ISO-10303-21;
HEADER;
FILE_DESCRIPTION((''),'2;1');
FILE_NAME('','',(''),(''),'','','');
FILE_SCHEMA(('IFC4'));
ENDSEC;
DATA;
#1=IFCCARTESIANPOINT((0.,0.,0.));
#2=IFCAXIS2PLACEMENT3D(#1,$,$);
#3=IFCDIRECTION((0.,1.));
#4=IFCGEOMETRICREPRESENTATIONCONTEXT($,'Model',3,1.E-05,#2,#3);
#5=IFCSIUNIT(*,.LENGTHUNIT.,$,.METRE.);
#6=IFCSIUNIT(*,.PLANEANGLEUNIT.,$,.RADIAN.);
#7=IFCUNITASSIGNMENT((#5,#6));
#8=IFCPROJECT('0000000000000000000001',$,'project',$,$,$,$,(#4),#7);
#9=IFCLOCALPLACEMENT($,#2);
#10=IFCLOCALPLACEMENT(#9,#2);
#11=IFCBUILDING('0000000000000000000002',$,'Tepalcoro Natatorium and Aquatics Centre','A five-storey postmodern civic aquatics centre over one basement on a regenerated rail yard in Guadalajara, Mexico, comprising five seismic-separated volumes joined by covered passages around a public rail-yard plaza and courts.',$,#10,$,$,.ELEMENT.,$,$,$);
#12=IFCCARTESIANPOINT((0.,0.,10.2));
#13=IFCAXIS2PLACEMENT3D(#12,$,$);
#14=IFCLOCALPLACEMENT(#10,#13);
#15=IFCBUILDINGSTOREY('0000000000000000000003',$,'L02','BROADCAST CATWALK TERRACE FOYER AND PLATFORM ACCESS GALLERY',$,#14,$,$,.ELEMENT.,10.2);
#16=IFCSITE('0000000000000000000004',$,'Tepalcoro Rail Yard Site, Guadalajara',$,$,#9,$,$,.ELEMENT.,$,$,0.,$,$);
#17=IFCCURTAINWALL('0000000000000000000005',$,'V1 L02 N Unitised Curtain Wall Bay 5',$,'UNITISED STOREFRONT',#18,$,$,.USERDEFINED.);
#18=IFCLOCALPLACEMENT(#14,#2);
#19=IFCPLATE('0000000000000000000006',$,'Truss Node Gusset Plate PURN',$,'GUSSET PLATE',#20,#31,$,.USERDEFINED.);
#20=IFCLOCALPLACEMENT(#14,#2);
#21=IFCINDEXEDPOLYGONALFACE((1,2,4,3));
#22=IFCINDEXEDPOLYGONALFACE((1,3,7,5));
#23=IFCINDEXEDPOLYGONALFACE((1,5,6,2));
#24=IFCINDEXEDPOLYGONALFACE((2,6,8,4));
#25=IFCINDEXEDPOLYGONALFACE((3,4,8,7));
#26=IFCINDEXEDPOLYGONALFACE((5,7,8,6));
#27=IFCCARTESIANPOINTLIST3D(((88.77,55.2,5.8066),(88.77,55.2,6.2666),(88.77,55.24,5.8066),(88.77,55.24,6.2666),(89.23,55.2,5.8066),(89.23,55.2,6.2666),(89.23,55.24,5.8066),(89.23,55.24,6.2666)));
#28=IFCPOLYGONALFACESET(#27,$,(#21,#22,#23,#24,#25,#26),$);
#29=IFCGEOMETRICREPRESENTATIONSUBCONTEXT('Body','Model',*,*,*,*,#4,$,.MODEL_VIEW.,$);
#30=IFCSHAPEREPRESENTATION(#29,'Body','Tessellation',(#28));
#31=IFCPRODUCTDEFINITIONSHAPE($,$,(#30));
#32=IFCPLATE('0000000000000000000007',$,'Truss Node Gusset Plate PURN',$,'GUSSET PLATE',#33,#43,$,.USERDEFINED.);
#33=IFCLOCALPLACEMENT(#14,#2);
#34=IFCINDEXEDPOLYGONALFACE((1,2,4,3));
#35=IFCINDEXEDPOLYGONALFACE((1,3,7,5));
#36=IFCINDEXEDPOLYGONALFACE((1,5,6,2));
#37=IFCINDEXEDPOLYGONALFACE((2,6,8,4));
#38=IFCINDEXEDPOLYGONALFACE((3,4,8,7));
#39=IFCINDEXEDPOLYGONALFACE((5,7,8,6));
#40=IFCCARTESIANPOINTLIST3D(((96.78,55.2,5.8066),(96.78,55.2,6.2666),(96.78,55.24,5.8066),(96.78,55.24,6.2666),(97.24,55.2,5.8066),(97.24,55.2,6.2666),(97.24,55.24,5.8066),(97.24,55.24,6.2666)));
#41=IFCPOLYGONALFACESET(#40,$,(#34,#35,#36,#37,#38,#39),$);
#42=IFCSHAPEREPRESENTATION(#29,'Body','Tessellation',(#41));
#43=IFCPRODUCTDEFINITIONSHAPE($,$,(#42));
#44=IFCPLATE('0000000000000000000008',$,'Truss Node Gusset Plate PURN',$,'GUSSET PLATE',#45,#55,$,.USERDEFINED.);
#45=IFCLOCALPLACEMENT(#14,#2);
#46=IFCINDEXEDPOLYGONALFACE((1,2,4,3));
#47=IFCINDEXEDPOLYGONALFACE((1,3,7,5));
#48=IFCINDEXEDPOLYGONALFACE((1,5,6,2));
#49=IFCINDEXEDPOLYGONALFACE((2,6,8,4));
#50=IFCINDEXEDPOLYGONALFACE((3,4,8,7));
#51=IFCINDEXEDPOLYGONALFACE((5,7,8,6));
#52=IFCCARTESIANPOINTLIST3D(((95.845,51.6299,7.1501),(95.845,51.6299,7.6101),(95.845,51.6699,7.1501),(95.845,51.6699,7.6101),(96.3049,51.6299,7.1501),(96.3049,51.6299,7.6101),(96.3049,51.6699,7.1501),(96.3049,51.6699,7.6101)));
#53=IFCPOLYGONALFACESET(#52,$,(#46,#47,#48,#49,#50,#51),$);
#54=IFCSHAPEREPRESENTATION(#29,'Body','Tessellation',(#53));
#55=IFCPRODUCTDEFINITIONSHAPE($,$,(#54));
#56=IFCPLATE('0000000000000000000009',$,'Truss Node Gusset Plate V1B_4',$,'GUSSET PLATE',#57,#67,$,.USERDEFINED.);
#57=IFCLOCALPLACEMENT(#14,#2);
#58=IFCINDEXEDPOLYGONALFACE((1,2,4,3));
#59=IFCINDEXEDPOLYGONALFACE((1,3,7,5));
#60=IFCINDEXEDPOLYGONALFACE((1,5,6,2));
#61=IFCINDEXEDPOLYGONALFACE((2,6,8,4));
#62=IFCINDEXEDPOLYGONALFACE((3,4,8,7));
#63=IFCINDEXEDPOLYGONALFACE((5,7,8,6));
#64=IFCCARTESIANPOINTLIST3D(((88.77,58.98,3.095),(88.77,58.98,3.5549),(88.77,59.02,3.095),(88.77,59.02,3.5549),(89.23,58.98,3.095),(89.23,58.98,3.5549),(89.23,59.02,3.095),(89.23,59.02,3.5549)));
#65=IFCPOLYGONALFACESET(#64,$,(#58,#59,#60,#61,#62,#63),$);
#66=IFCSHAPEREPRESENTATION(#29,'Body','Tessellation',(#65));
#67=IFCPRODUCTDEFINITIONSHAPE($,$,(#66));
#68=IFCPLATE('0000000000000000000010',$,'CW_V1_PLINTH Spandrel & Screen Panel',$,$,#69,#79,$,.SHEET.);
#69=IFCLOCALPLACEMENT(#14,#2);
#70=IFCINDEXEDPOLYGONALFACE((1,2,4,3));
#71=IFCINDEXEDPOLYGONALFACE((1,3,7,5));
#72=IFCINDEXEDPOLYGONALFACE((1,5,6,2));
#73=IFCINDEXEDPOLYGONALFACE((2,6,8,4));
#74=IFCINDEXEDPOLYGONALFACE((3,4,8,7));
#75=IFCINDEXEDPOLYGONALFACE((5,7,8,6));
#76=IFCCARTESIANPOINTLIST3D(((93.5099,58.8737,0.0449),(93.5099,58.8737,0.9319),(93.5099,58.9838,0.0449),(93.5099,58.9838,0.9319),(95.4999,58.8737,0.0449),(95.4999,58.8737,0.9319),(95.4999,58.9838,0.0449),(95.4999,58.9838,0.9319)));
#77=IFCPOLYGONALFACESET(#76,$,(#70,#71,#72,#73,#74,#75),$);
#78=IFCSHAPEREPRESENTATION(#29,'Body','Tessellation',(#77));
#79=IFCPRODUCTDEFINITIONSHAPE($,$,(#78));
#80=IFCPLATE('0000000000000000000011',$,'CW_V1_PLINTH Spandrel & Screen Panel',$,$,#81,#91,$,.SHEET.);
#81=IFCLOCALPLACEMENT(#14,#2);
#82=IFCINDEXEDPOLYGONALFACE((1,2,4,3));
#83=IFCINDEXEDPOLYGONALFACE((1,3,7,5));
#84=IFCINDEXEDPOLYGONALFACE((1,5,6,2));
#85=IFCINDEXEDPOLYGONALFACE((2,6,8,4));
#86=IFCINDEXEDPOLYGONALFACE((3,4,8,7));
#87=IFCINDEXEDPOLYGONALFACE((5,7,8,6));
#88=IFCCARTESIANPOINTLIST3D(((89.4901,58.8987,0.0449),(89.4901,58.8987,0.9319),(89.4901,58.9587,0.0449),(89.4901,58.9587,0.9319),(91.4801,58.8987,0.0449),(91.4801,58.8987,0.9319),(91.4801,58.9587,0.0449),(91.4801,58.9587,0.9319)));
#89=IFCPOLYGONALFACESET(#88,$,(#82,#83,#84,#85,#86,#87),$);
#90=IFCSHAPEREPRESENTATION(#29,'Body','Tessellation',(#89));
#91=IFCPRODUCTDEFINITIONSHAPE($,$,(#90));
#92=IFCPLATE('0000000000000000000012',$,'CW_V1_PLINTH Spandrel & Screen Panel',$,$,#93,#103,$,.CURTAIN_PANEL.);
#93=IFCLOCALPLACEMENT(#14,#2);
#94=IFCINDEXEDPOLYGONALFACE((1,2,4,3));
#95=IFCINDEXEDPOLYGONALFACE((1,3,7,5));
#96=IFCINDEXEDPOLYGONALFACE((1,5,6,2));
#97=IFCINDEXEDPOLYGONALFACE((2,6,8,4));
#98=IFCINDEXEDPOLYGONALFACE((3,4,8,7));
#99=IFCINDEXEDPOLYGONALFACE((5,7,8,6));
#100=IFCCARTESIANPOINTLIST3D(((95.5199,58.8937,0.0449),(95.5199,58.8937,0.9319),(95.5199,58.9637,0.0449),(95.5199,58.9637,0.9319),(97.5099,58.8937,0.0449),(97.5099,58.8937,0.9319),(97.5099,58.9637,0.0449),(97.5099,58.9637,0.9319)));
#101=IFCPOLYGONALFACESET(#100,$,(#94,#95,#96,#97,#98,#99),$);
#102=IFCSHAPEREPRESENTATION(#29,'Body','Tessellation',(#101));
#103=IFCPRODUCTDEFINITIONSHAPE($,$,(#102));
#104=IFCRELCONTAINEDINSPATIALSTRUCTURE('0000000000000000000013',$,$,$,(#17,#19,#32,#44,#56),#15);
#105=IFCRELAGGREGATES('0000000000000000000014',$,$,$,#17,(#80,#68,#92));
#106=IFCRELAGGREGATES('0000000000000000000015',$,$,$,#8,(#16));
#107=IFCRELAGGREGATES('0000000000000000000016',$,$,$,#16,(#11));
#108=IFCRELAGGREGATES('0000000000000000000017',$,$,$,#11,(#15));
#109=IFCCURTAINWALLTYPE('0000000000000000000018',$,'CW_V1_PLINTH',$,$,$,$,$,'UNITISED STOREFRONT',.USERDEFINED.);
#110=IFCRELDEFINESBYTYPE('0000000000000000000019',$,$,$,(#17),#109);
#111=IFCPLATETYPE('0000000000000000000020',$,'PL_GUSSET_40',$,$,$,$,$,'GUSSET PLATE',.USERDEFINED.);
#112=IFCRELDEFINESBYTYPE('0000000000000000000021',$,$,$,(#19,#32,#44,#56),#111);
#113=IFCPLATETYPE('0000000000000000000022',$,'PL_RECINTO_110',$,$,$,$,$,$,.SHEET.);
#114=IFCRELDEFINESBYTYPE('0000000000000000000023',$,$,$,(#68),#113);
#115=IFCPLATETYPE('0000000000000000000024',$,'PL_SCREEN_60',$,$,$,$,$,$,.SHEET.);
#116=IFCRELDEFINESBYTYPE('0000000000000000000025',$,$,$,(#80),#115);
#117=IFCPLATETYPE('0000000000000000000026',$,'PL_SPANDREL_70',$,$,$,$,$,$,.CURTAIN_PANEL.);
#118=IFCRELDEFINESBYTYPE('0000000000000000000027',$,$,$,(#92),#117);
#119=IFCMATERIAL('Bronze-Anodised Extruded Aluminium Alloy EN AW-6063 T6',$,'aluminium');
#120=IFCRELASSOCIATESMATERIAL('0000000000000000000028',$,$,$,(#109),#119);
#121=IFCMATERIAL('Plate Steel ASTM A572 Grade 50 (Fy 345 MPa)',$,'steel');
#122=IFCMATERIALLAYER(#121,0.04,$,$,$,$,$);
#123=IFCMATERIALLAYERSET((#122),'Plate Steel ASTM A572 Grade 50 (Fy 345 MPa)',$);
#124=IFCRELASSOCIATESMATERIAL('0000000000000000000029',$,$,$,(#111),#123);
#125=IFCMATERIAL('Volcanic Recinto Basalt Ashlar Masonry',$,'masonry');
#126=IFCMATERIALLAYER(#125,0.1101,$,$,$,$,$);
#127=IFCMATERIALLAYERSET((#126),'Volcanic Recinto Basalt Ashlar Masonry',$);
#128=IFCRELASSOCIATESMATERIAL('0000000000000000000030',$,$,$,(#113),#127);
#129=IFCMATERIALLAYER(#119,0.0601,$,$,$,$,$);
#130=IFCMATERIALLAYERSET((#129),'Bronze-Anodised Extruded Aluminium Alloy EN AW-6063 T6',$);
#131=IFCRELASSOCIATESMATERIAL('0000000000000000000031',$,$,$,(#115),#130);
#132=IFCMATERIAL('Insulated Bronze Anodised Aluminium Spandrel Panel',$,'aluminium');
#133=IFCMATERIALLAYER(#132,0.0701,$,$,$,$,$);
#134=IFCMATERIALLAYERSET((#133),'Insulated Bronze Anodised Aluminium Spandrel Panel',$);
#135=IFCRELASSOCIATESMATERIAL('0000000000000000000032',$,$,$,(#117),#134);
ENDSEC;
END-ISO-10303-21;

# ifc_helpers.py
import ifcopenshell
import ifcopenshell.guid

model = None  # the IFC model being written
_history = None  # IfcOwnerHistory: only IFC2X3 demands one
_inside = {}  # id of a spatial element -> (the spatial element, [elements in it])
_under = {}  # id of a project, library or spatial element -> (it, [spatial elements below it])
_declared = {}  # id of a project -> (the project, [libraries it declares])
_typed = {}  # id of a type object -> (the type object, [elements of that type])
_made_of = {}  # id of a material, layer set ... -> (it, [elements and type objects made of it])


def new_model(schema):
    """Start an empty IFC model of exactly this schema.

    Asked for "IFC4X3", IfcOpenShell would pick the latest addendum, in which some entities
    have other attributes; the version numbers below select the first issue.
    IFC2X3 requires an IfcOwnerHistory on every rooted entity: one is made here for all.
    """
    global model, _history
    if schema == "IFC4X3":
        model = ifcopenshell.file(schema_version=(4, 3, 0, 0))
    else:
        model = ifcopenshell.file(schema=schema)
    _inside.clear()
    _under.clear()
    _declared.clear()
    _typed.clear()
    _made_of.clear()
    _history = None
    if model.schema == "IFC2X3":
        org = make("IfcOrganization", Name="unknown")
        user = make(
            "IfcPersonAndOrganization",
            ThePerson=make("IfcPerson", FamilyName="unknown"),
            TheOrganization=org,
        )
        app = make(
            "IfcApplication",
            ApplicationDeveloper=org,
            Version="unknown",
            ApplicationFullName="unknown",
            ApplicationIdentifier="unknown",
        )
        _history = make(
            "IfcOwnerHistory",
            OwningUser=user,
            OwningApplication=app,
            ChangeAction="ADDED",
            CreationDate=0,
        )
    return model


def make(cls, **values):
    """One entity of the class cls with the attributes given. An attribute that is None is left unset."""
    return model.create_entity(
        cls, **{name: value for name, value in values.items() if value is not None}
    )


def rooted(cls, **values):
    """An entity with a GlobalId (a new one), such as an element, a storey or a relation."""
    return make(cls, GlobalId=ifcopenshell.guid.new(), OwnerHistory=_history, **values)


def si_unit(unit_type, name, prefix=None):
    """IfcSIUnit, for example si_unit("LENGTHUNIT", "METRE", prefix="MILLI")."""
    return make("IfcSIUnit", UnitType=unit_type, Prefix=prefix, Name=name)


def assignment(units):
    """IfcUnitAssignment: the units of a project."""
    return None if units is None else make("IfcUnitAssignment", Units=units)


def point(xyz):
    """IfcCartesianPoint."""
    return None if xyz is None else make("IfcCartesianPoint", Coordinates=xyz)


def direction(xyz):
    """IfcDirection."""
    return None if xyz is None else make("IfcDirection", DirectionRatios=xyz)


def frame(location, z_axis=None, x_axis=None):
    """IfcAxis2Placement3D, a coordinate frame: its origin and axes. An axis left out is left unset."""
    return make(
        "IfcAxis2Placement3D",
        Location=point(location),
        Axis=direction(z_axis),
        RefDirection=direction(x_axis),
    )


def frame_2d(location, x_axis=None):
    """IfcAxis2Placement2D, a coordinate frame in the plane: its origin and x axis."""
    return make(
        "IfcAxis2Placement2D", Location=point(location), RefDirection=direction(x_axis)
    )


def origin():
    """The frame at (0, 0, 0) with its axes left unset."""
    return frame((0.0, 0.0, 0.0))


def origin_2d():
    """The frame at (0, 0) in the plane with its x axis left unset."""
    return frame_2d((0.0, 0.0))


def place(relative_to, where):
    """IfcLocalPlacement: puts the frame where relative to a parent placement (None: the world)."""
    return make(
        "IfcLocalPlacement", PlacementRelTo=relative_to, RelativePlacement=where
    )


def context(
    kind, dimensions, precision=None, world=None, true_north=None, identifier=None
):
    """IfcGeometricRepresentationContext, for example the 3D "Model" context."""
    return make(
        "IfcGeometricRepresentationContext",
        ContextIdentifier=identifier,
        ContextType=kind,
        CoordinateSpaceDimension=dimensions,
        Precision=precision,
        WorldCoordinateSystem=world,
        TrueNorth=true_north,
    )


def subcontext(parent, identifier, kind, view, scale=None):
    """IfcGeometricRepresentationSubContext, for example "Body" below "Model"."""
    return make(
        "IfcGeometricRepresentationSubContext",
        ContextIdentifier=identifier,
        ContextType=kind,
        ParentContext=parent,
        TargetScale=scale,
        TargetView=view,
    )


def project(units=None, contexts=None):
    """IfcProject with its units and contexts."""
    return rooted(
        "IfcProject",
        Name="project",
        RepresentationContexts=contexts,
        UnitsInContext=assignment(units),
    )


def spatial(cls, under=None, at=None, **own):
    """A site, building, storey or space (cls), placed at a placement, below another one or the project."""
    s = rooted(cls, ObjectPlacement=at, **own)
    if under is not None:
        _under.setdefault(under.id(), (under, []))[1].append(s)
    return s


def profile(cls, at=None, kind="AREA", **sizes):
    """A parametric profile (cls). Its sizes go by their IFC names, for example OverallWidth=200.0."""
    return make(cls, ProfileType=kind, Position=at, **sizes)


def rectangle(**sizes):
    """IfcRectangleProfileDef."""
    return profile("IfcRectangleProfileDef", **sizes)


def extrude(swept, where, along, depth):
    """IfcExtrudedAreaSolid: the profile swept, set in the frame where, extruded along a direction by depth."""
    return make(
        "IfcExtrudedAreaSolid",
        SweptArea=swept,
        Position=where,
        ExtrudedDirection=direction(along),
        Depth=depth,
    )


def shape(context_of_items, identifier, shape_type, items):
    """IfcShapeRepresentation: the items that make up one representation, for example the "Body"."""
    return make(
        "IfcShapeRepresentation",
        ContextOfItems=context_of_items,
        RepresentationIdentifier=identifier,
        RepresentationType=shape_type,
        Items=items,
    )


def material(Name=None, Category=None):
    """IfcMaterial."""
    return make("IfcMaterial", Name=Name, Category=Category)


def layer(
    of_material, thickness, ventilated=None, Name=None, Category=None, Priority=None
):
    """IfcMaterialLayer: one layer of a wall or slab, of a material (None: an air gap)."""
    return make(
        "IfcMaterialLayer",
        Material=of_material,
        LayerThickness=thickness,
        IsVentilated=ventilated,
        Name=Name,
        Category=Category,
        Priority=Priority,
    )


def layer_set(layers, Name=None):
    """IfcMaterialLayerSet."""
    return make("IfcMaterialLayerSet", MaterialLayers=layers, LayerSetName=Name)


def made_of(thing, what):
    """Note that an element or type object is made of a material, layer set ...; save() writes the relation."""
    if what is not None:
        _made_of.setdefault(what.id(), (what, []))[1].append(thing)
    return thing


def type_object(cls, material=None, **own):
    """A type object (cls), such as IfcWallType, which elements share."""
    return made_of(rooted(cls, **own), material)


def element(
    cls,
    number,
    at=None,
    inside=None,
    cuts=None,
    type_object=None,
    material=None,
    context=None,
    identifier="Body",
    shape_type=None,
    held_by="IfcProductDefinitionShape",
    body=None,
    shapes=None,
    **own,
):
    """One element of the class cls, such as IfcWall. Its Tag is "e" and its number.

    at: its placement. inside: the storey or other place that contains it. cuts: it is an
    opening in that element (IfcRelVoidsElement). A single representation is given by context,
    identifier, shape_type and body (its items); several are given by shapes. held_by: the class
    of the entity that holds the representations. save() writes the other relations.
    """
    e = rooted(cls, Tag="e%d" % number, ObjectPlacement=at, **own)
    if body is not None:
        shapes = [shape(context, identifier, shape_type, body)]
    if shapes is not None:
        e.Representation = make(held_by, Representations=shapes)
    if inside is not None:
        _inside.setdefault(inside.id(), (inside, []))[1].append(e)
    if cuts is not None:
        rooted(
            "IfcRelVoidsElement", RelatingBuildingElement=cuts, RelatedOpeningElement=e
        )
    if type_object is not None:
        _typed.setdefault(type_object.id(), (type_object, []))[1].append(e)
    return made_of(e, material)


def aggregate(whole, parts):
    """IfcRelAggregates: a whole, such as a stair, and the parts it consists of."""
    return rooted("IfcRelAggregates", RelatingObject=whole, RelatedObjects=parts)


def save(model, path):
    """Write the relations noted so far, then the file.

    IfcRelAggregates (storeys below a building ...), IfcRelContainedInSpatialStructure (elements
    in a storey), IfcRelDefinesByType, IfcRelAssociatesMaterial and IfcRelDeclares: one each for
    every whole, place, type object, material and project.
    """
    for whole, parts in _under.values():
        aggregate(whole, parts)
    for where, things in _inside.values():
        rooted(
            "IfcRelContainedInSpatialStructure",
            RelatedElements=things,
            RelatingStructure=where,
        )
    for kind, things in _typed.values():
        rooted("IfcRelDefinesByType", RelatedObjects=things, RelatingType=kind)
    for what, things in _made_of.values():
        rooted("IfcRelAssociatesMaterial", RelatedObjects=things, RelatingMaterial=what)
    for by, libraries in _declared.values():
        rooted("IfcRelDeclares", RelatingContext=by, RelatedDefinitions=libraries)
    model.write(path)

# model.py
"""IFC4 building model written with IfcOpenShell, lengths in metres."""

from ifc_helpers import new_model, si_unit, direction, frame, origin, origin_2d, place, context, subcontext, project, spatial, rectangle, extrude, material, layer, layer_set, type_object, element, aggregate, save


model = new_model("IFC4")

# Units and contexts
model_context = context("Model", 3, precision=1e-05, world=origin(), true_north=direction((0.0, 1.0)))
body_context = subcontext(model_context, "Body", "Model", "MODEL_VIEW")
ifc_project = project(units=[si_unit("LENGTHUNIT", "METRE"), si_unit("PLANEANGLEUNIT", "RADIAN")], contexts=[model_context])

# Site, building, storey
site_placement = place(None, origin())
site = spatial("IfcSite", under=ifc_project, at=site_placement, Name="Tepalcoro Rail Yard Site, Guadalajara", CompositionType="ELEMENT", RefElevation=0.0)
building_placement = place(site_placement, origin())
building = spatial("IfcBuilding", under=site, at=building_placement, Name="Tepalcoro Natatorium and Aquatics Centre", Description="A five-storey postmodern civic aquatics centre over one basement on a regenerated rail yard in Guadalajara, Mexico, comprising five seismic-separated volumes joined by covered passages around a public rail-yard plaza and courts.", CompositionType="ELEMENT")
storey_placement = place(building_placement, frame((0.0, 0.0, 10.2)))
storey = spatial("IfcBuildingStorey", under=building, at=storey_placement, Name="L02", Description="BROADCAST CATWALK TERRACE FOYER AND PLATFORM ACCESS GALLERY", CompositionType="ELEMENT", Elevation=10.2)

# Curtain wall
ifc_material_1 = material(Name="Bronze-Anodised Extruded Aluminium Alloy EN AW-6063 T6", Category="aluminium")
curtain_wall_type_1 = type_object("IfcCurtainWallType", Name="CW_V1_PLINTH", ElementType="UNITISED STOREFRONT", PredefinedType="USERDEFINED", material=ifc_material_1)
curtain_wall_1_placement = place(storey_placement, origin())
curtain_wall_1 = element("IfcCurtainWall", 1, at=curtain_wall_1_placement, inside=storey, type_object=curtain_wall_type_1, Name="V1 L02 N Unitised Curtain Wall Bay 5", ObjectType="UNITISED STOREFRONT", PredefinedType="USERDEFINED")

# Shared definitions
ifc_material_2 = material(Name="Plate Steel ASTM A572 Grade 50 (Fy 345 MPa)", Category="steel")

# Plates
ifc_layer_1 = layer(ifc_material_2, 0.04)
ifc_layer_set_1 = layer_set([ifc_layer_1], Name="Plate Steel ASTM A572 Grade 50 (Fy 345 MPa)")
plate_type_1 = type_object("IfcPlateType", Name="PL_GUSSET_40", ElementType="GUSSET PLATE", PredefinedType="USERDEFINED", material=ifc_layer_set_1)
for number, where, z_axis, x_axis, name in (
    (2, (89.0, 55.22, 5.8066), (0.0, 0.0, 1.0), (1.0, 0.0, 0.0), "Truss Node Gusset Plate PURN"),
    (3, (97.01, 55.22, 5.8066), (0.0, 0.0, 1.0), (1.0, 0.0, 0.0), "Truss Node Gusset Plate PURN"),
    (4, (96.075, 51.6499, 7.1501), (0.0, 0.0, 1.0), (1.0, 0.0, 0.0), "Truss Node Gusset Plate PURN"),
    (5, (89.0, 59.0, 3.095), (0.0, 0.0, 1.0), (1.0, 0.0, 0.0), "Truss Node Gusset Plate V1B_4"),
):
    element("IfcPlate", number, at=place(storey_placement, frame(where, z_axis=z_axis, x_axis=x_axis)), inside=storey, type_object=plate_type_1, Name=name, ObjectType="GUSSET PLATE", PredefinedType="USERDEFINED", context=body_context, shape_type="SweptSolid", body=[
        extrude(rectangle(XDim=0.46, YDim=0.04, at=origin_2d()), origin(), (0.0, 0.0, 1.0), 0.46),
    ])

# Plates
ifc_material_3 = material(Name="Volcanic Recinto Basalt Ashlar Masonry", Category="masonry")
ifc_layer_2 = layer(ifc_material_3, 0.1101)
ifc_layer_set_2 = layer_set([ifc_layer_2], Name="Volcanic Recinto Basalt Ashlar Masonry")
plate_type_2 = type_object("IfcPlateType", Name="PL_RECINTO_110", PredefinedType="SHEET", material=ifc_layer_set_2)
plate_1_placement = place(storey_placement, frame((94.5049, 58.9287, 0.0449), z_axis=(0.0, 0.0, 1.0), x_axis=(1.0, 0.0, 0.0)))
plate_1 = element("IfcPlate", 6, at=plate_1_placement, type_object=plate_type_2, Name="CW_V1_PLINTH Spandrel & Screen Panel", PredefinedType="SHEET", context=body_context, shape_type="SweptSolid", body=[
    extrude(rectangle(XDim=1.99, YDim=0.1101, at=origin_2d()), origin(), (0.0, 0.0, 1.0), 0.887),
])
ifc_layer_3 = layer(ifc_material_1, 0.0601)
ifc_layer_set_3 = layer_set([ifc_layer_3], Name="Bronze-Anodised Extruded Aluminium Alloy EN AW-6063 T6")
plate_type_3 = type_object("IfcPlateType", Name="PL_SCREEN_60", PredefinedType="SHEET", material=ifc_layer_set_3)
plate_2_placement = place(storey_placement, frame((90.4851, 58.9287, 0.0449), z_axis=(0.0, 0.0, 1.0), x_axis=(1.0, 0.0, 0.0)))
plate_2 = element("IfcPlate", 7, at=plate_2_placement, type_object=plate_type_3, Name="CW_V1_PLINTH Spandrel & Screen Panel", PredefinedType="SHEET", context=body_context, shape_type="SweptSolid", body=[
    extrude(rectangle(XDim=1.99, YDim=0.0601, at=origin_2d()), origin(), (0.0, 0.0, 1.0), 0.887),
])
ifc_material_4 = material(Name="Insulated Bronze Anodised Aluminium Spandrel Panel", Category="aluminium")
ifc_layer_4 = layer(ifc_material_4, 0.0701)
ifc_layer_set_4 = layer_set([ifc_layer_4], Name="Insulated Bronze Anodised Aluminium Spandrel Panel")
plate_type_4 = type_object("IfcPlateType", Name="PL_SPANDREL_70", PredefinedType="CURTAIN_PANEL", material=ifc_layer_set_4)
plate_3_placement = place(storey_placement, frame((96.5149, 58.9287, 0.0449), z_axis=(0.0, 0.0, 1.0), x_axis=(1.0, 0.0, 0.0)))
plate_3 = element("IfcPlate", 8, at=plate_3_placement, type_object=plate_type_4, Name="CW_V1_PLINTH Spandrel & Screen Panel", PredefinedType="CURTAIN_PANEL", context=body_context, shape_type="SweptSolid", body=[
    extrude(rectangle(XDim=1.99, YDim=0.0701, at=origin_2d()), origin(), (0.0, 0.0, 1.0), 0.887),
])
aggregate(curtain_wall_1, [plate_2, plate_1, plate_3])

save(model, "model.ifc")
